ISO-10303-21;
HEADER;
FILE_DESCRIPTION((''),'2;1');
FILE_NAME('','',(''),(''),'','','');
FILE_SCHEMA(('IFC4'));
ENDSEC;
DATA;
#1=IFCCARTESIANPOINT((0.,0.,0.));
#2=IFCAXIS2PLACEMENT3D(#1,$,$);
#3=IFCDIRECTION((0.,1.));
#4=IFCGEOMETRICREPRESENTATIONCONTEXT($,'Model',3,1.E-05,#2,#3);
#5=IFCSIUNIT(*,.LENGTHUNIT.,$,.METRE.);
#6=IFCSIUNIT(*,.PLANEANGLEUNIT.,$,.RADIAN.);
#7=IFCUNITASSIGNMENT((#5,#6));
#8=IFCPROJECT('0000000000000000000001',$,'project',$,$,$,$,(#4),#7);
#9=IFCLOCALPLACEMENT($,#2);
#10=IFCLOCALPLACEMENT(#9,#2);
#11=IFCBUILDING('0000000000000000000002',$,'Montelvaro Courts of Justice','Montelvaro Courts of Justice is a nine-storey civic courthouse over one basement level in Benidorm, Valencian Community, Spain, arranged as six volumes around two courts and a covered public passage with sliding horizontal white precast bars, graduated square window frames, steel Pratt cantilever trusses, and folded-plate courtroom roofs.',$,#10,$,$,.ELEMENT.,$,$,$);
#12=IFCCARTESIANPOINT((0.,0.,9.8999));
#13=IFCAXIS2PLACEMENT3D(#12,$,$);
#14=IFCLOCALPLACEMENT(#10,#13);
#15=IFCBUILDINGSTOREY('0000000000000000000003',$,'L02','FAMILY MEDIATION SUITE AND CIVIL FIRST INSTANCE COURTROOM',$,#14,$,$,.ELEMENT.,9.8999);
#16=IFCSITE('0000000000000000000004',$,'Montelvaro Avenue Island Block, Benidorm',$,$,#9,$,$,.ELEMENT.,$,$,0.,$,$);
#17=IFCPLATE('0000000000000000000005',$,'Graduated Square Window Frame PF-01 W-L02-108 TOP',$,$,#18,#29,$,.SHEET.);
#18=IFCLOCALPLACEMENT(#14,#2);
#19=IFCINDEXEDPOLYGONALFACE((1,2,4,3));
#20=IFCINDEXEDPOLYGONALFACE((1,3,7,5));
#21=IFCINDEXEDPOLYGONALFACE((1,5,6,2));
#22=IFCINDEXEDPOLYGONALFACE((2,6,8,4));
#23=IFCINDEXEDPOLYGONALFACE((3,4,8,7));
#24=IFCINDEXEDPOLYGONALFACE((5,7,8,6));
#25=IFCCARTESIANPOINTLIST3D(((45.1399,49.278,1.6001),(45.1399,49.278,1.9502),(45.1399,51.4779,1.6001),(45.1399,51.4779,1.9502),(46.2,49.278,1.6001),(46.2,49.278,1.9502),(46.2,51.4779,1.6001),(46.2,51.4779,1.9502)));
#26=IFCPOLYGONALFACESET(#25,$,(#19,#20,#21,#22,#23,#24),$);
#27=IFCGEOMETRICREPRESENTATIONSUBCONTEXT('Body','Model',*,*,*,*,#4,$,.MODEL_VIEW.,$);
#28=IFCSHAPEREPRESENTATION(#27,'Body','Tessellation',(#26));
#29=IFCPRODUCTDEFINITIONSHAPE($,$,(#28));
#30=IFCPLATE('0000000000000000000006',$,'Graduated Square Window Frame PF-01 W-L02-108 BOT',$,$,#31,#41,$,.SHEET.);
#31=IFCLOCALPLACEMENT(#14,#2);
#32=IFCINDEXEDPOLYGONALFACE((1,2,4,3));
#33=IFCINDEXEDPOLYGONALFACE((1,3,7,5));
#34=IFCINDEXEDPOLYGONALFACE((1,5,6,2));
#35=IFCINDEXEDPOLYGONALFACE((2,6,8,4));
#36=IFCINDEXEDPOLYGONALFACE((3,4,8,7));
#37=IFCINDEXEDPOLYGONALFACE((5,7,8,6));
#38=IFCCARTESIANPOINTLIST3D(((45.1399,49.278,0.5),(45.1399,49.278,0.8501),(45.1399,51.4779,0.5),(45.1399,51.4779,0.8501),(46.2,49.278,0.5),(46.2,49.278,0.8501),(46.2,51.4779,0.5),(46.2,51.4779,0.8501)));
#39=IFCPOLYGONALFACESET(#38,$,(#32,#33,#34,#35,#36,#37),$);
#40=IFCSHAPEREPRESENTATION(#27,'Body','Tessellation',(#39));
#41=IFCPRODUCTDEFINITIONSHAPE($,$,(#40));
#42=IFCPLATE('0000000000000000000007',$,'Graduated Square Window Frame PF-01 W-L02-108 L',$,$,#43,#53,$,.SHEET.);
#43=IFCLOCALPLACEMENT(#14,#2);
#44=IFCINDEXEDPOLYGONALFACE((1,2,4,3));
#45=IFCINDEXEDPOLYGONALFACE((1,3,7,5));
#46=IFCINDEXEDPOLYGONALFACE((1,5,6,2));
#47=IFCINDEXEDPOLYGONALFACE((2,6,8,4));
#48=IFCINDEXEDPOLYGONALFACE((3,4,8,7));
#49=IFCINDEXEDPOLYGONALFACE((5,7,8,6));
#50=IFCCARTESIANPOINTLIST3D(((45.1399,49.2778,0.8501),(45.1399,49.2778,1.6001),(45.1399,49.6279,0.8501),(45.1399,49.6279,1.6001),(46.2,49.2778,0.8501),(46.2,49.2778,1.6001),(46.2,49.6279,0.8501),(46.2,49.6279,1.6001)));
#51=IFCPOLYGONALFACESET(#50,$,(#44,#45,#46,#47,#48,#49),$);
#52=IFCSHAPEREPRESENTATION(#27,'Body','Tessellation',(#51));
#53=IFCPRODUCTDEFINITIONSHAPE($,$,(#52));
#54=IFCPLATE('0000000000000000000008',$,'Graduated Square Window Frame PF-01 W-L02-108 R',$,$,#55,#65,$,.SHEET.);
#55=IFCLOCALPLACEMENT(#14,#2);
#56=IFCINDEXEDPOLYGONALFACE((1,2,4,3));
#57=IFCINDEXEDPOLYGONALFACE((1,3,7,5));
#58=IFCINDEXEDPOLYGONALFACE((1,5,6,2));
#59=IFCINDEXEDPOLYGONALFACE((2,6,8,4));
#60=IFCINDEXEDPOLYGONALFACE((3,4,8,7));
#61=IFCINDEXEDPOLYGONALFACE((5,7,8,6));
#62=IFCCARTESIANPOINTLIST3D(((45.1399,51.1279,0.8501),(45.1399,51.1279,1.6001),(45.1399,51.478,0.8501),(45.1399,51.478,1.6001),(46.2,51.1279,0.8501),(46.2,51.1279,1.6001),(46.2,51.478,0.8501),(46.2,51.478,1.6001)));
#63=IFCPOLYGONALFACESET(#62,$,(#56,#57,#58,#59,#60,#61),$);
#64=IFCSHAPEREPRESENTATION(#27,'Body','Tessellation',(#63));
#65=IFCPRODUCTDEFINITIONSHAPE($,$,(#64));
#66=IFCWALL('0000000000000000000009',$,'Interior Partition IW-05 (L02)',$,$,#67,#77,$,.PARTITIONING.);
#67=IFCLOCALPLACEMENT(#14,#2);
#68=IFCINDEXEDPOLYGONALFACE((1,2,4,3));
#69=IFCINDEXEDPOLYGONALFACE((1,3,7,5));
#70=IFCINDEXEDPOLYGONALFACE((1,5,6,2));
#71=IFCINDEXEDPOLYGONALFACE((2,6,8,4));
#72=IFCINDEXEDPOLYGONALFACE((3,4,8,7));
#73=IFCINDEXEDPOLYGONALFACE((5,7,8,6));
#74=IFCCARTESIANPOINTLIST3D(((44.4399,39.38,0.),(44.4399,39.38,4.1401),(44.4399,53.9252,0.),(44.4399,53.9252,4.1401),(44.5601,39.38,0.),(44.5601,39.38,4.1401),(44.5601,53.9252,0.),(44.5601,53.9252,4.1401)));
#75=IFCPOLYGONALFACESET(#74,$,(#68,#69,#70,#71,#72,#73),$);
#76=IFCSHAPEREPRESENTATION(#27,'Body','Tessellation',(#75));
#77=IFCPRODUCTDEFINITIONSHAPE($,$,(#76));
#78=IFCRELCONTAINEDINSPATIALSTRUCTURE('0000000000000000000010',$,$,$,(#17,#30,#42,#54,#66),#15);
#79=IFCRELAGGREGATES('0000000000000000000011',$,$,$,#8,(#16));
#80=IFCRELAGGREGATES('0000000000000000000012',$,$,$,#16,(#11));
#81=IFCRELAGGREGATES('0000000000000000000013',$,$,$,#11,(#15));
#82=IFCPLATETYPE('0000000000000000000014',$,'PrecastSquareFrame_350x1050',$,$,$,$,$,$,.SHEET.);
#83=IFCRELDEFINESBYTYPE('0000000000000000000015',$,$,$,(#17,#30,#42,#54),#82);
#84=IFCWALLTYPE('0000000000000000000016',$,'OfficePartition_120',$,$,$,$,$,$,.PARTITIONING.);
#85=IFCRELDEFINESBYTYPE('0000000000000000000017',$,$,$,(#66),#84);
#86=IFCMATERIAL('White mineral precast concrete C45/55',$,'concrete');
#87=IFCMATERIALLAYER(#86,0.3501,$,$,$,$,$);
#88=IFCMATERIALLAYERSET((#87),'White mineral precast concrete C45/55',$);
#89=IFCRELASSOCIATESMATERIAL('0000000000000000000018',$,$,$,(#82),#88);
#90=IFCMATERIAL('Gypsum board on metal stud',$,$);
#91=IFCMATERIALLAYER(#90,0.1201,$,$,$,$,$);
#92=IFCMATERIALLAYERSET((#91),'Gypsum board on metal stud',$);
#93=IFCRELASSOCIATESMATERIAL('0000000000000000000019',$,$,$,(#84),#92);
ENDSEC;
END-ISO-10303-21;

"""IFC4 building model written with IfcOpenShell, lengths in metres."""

from ifc_helpers import new_model, si_unit, direction, frame, frame_2d, origin, origin_2d, place, context, subcontext, project, spatial, rectangle, extrude, material, layer, layer_set, type_object, element, save


model = new_model("IFC4")

# Units and contexts
model_context = context("Model", 3, precision=1e-05, world=origin(), true_north=direction((0.0, 1.0)))
body_context = subcontext(model_context, "Body", "Model", "MODEL_VIEW")
ifc_project = project(units=[si_unit("LENGTHUNIT", "METRE"), si_unit("PLANEANGLEUNIT", "RADIAN")], contexts=[model_context])

# Site, building, storey
site_placement = place(None, origin())
site = spatial("IfcSite", under=ifc_project, at=site_placement, Name="Montelvaro Avenue Island Block, Benidorm", CompositionType="ELEMENT", RefElevation=0.0)
building_placement = place(site_placement, origin())
building = spatial("IfcBuilding", under=site, at=building_placement, Name="Montelvaro Courts of Justice", Description="Montelvaro Courts of Justice is a nine-storey civic courthouse over one basement level in Benidorm, Valencian Community, Spain, arranged as six volumes around two courts and a covered public passage with sliding horizontal white precast bars, graduated square window frames, steel Pratt cantilever trusses, and folded-plate courtroom roofs.", CompositionType="ELEMENT")
storey_placement = place(building_placement, frame((0.0, 0.0, 9.8999)))
storey = spatial("IfcBuildingStorey", under=building, at=storey_placement, Name="L02", Description="FAMILY MEDIATION SUITE AND CIVIL FIRST INSTANCE COURTROOM", CompositionType="ELEMENT", Elevation=9.8999)

# Plates
ifc_material_1 = material(Name="White mineral precast concrete C45/55", Category="concrete")
ifc_layer_1 = layer(ifc_material_1, 0.3501)
ifc_layer_set_1 = layer_set([ifc_layer_1], Name="White mineral precast concrete C45/55")
plate_type_1 = type_object("IfcPlateType", Name="PrecastSquareFrame_350x1050", PredefinedType="SHEET", material=ifc_layer_set_1)
for number, where, z_axis, x_axis, name in (
    (1, (45.6699, 50.3779, 1.6001), (0.0, 0.0, 1.0), (0.0, 1.0, 0.0), "Graduated Square Window Frame PF-01 W-L02-108 TOP"),
    (2, (45.6699, 50.3779, 0.5), (0.0, 0.0, 1.0), (0.0, 1.0, 0.0), "Graduated Square Window Frame PF-01 W-L02-108 BOT"),
):
    element("IfcPlate", number, at=place(storey_placement, frame(where, z_axis=z_axis, x_axis=x_axis)), inside=storey, type_object=plate_type_1, Name=name, PredefinedType="SHEET", context=body_context, shape_type="SweptSolid", body=[
        extrude(rectangle(XDim=2.2, YDim=1.0601, at=origin_2d()), origin(), (0.0, 0.0, 1.0), 0.3501),
    ])
for number, where, z_axis, x_axis, name in (
    (3, (45.6699, 49.4529, 0.8501), (0.0, 0.0, 1.0), (0.0, 1.0, 0.0), "Graduated Square Window Frame PF-01 W-L02-108 L"),
    (4, (45.6699, 51.303, 0.8501), (0.0, 0.0, 1.0), (0.0, 1.0, 0.0), "Graduated Square Window Frame PF-01 W-L02-108 R"),
):
    element("IfcPlate", number, at=place(storey_placement, frame(where, z_axis=z_axis, x_axis=x_axis)), inside=storey, type_object=plate_type_1, Name=name, PredefinedType="SHEET", context=body_context, shape_type="SweptSolid", body=[
        extrude(rectangle(XDim=0.3501, YDim=1.0601, at=origin_2d()), origin(), (0.0, 0.0, 1.0), 0.75),
    ])

# Wall
ifc_material_2 = material(Name="Gypsum board on metal stud")
ifc_layer_2 = layer(ifc_material_2, 0.1201)
ifc_layer_set_2 = layer_set([ifc_layer_2], Name="Gypsum board on metal stud")
wall_type = type_object("IfcWallType", Name="OfficePartition_120", PredefinedType="PARTITIONING", material=ifc_layer_set_2)
wall_placement = place(storey_placement, frame((44.5, 53.925, 0.0), z_axis=(0.0, 0.0, 1.0), x_axis=(0.0, -1.0, 0.0)))
element("IfcWall", 5, at=wall_placement, inside=storey, type_object=wall_type, Name="Interior Partition IW-05 (L02)", PredefinedType="PARTITIONING", context=body_context, shape_type="SweptSolid", body=[
    extrude(rectangle(XDim=14.5452, YDim=0.1201, at=frame_2d((7.2725, 0.0))), origin(), (0.0, 0.0, 1.0), 4.1401),
])

save(model, "model.ifc")
